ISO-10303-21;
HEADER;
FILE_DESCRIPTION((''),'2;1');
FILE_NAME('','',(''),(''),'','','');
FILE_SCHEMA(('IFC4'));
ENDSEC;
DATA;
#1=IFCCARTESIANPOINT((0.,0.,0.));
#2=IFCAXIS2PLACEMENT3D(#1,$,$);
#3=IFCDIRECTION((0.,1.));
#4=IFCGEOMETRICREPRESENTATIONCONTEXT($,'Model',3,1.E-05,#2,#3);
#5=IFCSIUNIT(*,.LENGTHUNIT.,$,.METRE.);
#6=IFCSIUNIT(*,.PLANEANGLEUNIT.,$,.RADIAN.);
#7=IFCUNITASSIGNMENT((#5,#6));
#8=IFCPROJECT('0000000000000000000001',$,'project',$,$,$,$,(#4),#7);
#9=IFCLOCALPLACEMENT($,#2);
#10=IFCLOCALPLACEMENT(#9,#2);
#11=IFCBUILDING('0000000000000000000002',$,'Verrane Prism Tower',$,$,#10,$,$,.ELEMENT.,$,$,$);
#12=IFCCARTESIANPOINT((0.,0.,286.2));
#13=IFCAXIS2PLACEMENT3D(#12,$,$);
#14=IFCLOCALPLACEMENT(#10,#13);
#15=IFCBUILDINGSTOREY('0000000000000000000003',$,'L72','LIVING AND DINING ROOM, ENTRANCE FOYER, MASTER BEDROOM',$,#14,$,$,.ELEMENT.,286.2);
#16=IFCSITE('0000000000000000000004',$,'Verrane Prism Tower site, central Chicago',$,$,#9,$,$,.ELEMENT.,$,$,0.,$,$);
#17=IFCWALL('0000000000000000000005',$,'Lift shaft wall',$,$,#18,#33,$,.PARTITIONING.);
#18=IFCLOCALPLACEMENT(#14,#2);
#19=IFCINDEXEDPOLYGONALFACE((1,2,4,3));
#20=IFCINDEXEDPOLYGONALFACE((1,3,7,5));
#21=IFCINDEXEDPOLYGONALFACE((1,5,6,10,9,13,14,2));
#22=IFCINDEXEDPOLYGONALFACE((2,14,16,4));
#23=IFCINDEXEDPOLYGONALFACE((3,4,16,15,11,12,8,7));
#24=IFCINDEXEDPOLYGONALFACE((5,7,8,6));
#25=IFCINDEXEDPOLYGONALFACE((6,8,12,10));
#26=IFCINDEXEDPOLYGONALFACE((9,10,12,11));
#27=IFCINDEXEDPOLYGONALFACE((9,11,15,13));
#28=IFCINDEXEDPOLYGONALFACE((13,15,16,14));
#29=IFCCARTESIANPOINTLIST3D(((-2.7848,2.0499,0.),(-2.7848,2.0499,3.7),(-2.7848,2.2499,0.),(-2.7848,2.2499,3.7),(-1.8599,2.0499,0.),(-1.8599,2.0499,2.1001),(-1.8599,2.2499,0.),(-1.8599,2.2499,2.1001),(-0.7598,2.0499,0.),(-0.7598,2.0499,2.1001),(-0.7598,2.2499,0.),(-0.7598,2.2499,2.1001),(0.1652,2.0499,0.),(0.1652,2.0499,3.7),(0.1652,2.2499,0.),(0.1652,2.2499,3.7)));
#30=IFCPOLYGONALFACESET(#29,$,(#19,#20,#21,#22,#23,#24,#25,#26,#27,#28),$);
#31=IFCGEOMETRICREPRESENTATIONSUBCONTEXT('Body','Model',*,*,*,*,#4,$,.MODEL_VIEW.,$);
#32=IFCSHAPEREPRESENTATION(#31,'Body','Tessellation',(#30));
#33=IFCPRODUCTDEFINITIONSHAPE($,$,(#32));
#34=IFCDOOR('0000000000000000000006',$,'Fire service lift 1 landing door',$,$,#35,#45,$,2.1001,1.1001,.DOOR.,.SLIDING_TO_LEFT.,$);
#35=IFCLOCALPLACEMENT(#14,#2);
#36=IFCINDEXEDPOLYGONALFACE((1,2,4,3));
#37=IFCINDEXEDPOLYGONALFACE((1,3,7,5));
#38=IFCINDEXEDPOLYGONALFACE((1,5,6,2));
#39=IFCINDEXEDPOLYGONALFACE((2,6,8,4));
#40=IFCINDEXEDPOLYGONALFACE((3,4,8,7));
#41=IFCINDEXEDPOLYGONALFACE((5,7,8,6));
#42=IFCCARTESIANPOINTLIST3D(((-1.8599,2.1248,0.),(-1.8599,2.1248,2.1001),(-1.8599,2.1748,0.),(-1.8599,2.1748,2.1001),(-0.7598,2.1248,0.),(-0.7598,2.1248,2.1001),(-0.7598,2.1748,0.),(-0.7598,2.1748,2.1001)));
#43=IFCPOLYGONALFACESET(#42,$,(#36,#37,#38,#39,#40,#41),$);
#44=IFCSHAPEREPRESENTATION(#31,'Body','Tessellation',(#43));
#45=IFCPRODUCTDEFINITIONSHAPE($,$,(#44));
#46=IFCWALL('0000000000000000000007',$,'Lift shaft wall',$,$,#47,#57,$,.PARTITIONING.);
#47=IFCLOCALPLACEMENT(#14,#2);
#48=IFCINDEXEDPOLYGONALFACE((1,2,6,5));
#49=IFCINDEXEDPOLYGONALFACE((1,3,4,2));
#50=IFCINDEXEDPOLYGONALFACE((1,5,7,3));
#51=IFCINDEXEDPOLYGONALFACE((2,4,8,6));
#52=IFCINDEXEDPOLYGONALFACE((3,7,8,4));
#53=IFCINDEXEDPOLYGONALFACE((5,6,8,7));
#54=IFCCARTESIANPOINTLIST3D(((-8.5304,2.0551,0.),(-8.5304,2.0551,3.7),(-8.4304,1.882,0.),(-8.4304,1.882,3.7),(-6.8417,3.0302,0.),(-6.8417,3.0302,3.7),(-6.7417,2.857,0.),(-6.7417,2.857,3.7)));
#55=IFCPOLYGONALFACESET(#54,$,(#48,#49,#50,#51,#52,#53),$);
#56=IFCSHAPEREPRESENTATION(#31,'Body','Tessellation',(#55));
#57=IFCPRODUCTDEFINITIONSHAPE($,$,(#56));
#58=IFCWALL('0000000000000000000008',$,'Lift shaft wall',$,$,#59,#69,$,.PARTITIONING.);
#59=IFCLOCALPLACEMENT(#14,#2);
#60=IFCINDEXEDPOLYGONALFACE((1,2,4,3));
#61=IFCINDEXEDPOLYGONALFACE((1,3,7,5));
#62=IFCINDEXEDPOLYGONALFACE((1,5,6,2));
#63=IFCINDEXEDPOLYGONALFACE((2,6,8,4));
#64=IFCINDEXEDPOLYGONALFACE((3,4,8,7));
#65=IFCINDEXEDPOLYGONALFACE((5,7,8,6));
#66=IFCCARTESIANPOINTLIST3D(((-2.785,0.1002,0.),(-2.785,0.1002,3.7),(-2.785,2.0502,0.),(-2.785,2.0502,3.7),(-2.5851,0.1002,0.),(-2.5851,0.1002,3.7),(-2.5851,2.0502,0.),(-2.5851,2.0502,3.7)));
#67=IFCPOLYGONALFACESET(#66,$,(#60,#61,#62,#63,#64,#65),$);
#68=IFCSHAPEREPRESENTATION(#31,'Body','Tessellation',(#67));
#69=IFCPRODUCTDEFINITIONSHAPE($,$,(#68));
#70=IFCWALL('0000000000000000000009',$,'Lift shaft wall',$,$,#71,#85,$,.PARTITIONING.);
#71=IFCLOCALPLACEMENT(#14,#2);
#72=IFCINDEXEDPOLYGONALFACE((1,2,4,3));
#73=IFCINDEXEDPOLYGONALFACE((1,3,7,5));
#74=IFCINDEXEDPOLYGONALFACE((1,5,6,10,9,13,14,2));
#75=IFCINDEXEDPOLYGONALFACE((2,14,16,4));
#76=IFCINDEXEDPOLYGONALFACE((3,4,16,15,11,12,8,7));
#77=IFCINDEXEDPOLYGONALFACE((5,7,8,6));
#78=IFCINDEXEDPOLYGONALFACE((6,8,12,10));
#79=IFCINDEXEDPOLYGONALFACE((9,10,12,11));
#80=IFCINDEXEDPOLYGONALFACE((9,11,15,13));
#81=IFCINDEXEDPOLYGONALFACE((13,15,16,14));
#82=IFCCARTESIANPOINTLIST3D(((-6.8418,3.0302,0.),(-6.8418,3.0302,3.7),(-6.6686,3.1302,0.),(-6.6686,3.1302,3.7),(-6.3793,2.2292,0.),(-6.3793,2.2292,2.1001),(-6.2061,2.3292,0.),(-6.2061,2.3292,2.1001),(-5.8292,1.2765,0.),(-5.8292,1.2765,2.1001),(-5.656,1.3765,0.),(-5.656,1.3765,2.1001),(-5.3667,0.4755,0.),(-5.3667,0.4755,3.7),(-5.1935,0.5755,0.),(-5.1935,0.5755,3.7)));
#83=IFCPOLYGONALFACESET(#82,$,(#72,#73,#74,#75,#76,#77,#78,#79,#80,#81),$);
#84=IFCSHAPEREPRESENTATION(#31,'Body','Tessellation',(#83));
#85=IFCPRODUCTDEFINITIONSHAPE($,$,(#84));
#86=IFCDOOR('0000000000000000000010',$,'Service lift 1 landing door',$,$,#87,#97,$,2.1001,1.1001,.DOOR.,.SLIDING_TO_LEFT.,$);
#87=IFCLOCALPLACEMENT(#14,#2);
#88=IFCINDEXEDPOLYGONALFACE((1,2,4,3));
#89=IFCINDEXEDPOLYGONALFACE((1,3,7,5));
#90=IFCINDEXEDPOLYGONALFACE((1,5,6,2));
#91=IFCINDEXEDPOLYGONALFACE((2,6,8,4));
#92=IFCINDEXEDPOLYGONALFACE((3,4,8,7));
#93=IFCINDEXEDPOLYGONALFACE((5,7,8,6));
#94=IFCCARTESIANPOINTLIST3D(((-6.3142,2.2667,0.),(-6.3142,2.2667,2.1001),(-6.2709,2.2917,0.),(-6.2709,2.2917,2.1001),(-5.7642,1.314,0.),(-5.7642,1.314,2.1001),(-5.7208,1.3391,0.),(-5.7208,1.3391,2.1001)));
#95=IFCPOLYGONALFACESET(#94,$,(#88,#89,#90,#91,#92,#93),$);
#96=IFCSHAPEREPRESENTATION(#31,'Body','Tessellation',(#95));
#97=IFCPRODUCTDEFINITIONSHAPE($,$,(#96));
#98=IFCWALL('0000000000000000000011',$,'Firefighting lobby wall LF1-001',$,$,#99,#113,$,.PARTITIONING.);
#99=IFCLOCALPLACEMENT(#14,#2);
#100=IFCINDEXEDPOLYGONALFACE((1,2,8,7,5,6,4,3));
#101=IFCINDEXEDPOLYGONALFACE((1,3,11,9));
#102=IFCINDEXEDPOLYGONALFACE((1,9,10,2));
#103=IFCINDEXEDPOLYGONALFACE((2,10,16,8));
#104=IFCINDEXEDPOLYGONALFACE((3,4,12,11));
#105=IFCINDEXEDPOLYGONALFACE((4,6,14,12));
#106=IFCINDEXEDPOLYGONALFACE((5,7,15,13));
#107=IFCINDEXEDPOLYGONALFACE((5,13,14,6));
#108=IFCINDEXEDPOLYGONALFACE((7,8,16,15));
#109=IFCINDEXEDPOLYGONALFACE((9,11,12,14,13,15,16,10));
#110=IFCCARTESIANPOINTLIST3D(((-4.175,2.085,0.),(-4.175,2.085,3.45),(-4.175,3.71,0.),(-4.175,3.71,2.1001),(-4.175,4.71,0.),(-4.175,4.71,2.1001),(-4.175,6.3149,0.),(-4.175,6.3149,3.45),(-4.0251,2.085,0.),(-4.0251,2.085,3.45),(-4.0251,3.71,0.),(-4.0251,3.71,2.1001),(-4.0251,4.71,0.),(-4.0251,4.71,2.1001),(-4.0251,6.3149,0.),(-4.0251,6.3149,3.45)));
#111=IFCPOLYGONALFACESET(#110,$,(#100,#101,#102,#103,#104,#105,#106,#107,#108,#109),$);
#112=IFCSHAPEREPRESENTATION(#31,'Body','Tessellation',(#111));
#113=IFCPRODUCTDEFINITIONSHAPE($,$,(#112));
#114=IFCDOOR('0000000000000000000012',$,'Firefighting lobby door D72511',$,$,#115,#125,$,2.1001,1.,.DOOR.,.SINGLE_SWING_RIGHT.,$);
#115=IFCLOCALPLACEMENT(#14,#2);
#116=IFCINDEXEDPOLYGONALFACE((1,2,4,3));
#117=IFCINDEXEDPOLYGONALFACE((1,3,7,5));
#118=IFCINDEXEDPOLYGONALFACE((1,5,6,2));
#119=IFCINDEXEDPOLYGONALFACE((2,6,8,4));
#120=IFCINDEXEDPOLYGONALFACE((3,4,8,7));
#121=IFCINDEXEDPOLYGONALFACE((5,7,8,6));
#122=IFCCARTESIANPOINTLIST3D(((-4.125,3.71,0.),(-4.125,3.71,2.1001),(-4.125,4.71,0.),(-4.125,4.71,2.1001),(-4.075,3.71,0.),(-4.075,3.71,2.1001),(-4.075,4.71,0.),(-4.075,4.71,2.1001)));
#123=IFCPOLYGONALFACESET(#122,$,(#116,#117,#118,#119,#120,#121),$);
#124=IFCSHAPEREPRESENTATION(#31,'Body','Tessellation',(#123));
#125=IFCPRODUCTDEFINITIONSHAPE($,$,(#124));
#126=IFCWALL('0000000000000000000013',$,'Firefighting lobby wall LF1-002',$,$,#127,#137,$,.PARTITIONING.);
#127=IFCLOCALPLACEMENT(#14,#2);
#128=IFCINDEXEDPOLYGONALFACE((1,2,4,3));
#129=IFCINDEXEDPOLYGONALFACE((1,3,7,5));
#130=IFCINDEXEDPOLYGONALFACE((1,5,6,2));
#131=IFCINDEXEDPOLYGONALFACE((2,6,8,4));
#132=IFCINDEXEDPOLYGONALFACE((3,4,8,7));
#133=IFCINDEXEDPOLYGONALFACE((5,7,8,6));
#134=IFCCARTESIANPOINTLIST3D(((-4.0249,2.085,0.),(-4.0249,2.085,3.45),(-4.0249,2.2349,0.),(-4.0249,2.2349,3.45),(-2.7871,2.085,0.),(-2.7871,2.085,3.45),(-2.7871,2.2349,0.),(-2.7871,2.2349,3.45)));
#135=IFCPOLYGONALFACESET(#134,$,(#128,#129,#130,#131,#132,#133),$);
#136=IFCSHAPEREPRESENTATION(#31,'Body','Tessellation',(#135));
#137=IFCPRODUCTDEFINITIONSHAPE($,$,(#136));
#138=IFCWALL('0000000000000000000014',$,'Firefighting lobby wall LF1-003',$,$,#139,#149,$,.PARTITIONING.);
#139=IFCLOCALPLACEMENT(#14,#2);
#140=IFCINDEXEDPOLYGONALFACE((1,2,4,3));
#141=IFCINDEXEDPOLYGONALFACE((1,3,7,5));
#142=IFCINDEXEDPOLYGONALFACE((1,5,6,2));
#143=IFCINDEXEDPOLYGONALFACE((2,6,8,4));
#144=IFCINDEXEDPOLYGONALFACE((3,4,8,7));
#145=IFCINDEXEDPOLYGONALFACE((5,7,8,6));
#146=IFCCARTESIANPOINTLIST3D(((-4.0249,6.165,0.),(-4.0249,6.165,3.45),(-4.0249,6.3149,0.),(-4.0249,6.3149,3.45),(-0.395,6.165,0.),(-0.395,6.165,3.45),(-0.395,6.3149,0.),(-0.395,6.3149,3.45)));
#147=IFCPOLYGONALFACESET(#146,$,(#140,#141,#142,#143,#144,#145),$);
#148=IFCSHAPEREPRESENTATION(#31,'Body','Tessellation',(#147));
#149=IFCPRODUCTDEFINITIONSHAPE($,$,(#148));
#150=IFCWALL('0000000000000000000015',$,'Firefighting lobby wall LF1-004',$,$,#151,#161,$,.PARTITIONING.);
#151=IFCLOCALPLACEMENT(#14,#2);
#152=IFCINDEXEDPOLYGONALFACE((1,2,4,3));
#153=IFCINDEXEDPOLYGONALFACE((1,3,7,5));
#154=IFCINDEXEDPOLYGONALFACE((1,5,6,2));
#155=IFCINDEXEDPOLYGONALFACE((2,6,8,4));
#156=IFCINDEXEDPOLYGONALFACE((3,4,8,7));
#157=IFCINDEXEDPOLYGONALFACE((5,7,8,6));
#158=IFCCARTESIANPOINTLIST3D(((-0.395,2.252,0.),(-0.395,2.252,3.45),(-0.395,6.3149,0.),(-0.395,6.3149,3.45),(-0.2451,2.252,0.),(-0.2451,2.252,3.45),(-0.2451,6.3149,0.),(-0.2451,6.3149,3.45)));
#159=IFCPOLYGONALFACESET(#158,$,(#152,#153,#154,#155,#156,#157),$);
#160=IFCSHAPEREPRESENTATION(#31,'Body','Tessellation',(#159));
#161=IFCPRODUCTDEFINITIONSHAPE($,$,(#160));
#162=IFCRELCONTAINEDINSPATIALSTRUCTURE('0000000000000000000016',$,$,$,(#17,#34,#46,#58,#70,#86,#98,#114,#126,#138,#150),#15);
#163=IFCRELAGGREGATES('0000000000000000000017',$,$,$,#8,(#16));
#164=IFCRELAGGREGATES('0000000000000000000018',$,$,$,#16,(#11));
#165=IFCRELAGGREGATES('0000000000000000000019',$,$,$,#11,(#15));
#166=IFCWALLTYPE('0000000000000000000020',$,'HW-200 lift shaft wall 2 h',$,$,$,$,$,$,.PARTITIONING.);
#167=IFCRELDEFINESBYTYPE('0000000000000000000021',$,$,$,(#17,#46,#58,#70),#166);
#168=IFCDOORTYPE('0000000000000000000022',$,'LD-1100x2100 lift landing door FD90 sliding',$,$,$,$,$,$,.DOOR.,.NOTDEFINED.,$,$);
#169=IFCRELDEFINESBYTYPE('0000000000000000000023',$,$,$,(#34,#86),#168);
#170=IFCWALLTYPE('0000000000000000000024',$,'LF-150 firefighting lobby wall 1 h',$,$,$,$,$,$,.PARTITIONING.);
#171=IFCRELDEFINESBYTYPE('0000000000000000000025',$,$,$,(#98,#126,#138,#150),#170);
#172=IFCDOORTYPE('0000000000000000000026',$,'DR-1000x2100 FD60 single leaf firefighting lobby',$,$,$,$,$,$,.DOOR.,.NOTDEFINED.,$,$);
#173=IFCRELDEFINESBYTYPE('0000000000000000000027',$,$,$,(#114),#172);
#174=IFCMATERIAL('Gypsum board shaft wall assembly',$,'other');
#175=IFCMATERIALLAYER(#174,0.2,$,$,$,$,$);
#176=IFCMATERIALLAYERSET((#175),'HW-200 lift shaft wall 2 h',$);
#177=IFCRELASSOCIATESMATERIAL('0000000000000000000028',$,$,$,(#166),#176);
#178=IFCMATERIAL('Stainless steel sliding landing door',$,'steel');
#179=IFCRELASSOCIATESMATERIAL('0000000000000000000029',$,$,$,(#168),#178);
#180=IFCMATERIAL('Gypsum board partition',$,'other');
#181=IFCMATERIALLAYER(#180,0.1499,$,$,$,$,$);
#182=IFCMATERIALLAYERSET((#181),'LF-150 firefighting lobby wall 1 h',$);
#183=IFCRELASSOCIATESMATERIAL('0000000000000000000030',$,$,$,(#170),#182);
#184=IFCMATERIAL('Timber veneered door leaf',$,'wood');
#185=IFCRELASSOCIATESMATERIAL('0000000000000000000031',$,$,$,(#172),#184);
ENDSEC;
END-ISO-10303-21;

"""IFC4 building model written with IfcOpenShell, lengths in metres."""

from ifc_helpers import new_model, si_unit, direction, frame, frame_2d, origin, place, context, subcontext, project, spatial, rectangle, extrude, material, layer, layer_set, type_object, element, fill, save


model = new_model("IFC4")

# Units and contexts
model_context = context("Model", 3, precision=1e-05, world=origin(), true_north=direction((0.0, 1.0)))
body_context = subcontext(model_context, "Body", "Model", "MODEL_VIEW")
ifc_project = project(units=[si_unit("LENGTHUNIT", "METRE"), si_unit("PLANEANGLEUNIT", "RADIAN")], contexts=[model_context])

# Site, building, storey
site_placement = place(None, origin())
site = spatial("IfcSite", under=ifc_project, at=site_placement, Name="Verrane Prism Tower site, central Chicago", CompositionType="ELEMENT", RefElevation=0.0)
building_placement = place(site_placement, origin())
building = spatial("IfcBuilding", under=site, at=building_placement, Name="Verrane Prism Tower", CompositionType="ELEMENT")
storey_placement = place(building_placement, frame((0.0, 0.0, 286.2)))
storey = spatial("IfcBuildingStorey", under=building, at=storey_placement, Name="L72", Description="LIVING AND DINING ROOM, ENTRANCE FOYER, MASTER BEDROOM", CompositionType="ELEMENT", Elevation=286.2)

# Wall, opening, door
ifc_material_1 = material(Name="Gypsum board shaft wall assembly", Category="other")
ifc_layer_1 = layer(ifc_material_1, 0.2)
ifc_layer_set_1 = layer_set([ifc_layer_1], Name="HW-200 lift shaft wall 2 h")
wall_type_1 = type_object("IfcWallType", Name="HW-200 lift shaft wall 2 h", PredefinedType="PARTITIONING", material=ifc_layer_set_1)
wall_1_placement = place(storey_placement, frame((-2.7849, 2.1499, 0.0), z_axis=(0.0, 0.0, 1.0), x_axis=(1.0, 0.0, 0.0)))
wall_1 = element("IfcWall", 1, at=wall_1_placement, inside=storey, type_object=wall_type_1, Name="Lift shaft wall", PredefinedType="PARTITIONING", context=body_context, shape_type="SweptSolid", body=[
    extrude(rectangle(XDim=2.95, YDim=0.2, at=frame_2d((1.4751, 0.0))), origin(), (0.0, 0.0, 1.0), 3.7),
])
opening_1_placement = place(wall_1_placement, frame((0.925, 0.0, 0.0)))
opening_1 = element("IfcOpeningElement", 2, at=opening_1_placement, cuts=wall_1, PredefinedType="OPENING", context=body_context, shape_type="SweptSolid", body=[
    extrude(rectangle(XDim=1.1001, YDim=2.1001, at=frame_2d((0.55, 1.05))), frame((0.0, 0.1099, 0.0), z_axis=(0.0, -1.0, 0.0), x_axis=(1.0, 0.0, 0.0)), (0.0, 0.0, 1.0), 0.22),
])
ifc_material_2 = material(Name="Stainless steel sliding landing door", Category="steel")
door_type_1 = type_object("IfcDoorType", Name="LD-1100x2100 lift landing door FD90 sliding", OperationType="NOTDEFINED", PredefinedType="DOOR", material=ifc_material_2)
door_1_placement = place(opening_1_placement, origin())
door_1 = element("IfcDoor", 3, at=door_1_placement, inside=storey, type_object=door_type_1, Name="Fire service lift 1 landing door", OperationType="SLIDING_TO_LEFT", OverallHeight=2.1001, OverallWidth=1.1001, PredefinedType="DOOR", context=body_context, shape_type="SweptSolid", body=[
    extrude(rectangle(XDim=1.1001, YDim=2.1001, at=frame_2d((0.55, 1.05))), frame((0.0, 0.0249, 0.0), z_axis=(0.0, -1.0, 0.0), x_axis=(1.0, 0.0, 0.0)), (0.0, 0.0, 1.0), 0.05),
])
fill(opening_1, door_1)

# Walls
for number, where, z_axis, x_axis, name in (
    (4, (-8.4805, 1.9685, 0.0), (0.0, 0.0, 1.0), (0.866, 0.500044, 0.0), "Lift shaft wall"),
    (5, (-2.6851, 0.1001, 0.0), (0.0, 0.0, 1.0), (0.0, 1.0, 0.0), "Lift shaft wall"),
):
    element("IfcWall", number, at=place(storey_placement, frame(where, z_axis=z_axis, x_axis=x_axis)), inside=storey, type_object=wall_type_1, Name=name, PredefinedType="PARTITIONING", context=body_context, shape_type="SweptSolid", body=[
        extrude(rectangle(XDim=1.95, YDim=0.2, at=frame_2d((0.9751, 0.0))), origin(), (0.0, 0.0, 1.0), 3.7),
    ])

# Walls, openings, doors
wall_2_placement = place(storey_placement, frame((-5.28, 0.5254, 0.0), z_axis=(0.0, 0.0, 1.0), x_axis=(-0.500038, 0.866004, 0.0)))
wall_2 = element("IfcWall", 6, at=wall_2_placement, inside=storey, type_object=wall_type_1, Name="Lift shaft wall", PredefinedType="PARTITIONING", context=body_context, shape_type="SweptSolid", body=[
    extrude(rectangle(XDim=2.95, YDim=0.2, at=frame_2d((1.4751, 0.0))), origin(), (0.0, 0.0, 1.0), 3.7),
])
opening_2_placement = place(wall_2_placement, frame((0.925, 0.0, 0.0)))
opening_2 = element("IfcOpeningElement", 7, at=opening_2_placement, cuts=wall_2, PredefinedType="OPENING", context=body_context, shape_type="SweptSolid", body=[
    extrude(rectangle(XDim=1.1001, YDim=2.1001, at=frame_2d((0.55, 1.05))), frame((0.0, 0.1099, 0.0), z_axis=(0.0, -1.0, 0.0), x_axis=(1.0, 0.0, 0.0)), (0.0, 0.0, 1.0), 0.22),
])
door_2_placement = place(opening_2_placement, origin())
door_2 = element("IfcDoor", 8, at=door_2_placement, inside=storey, type_object=door_type_1, Name="Service lift 1 landing door", OperationType="SLIDING_TO_LEFT", OverallHeight=2.1001, OverallWidth=1.1001, PredefinedType="DOOR", context=body_context, shape_type="SweptSolid", body=[
    extrude(rectangle(XDim=1.1001, YDim=2.1001, at=frame_2d((0.55, 1.05))), frame((0.0, 0.0249, 0.0), z_axis=(0.0, -1.0, 0.0), x_axis=(1.0, 0.0, 0.0)), (0.0, 0.0, 1.0), 0.05),
])
fill(opening_2, door_2)
ifc_material_3 = material(Name="Gypsum board partition", Category="other")
ifc_layer_2 = layer(ifc_material_3, 0.1499)
ifc_layer_set_2 = layer_set([ifc_layer_2], Name="LF-150 firefighting lobby wall 1 h")
wall_type_2 = type_object("IfcWallType", Name="LF-150 firefighting lobby wall 1 h", PredefinedType="PARTITIONING", material=ifc_layer_set_2)
wall_3_placement = place(storey_placement, frame((-4.1001, 2.085, 0.0), z_axis=(0.0, 0.0, 1.0), x_axis=(0.0, 1.0, 0.0)))
wall_3 = element("IfcWall", 9, at=wall_3_placement, inside=storey, type_object=wall_type_2, Name="Firefighting lobby wall LF1-001", PredefinedType="PARTITIONING", context=body_context, shape_type="SweptSolid", body=[
    extrude(rectangle(XDim=4.23, YDim=0.1499, at=frame_2d((2.115, 0.0))), origin(), (0.0, 0.0, 1.0), 3.45),
])
opening_3_placement = place(wall_3_placement, frame((1.625, 0.0, 0.0)))
opening_3 = element("IfcOpeningElement", 10, at=opening_3_placement, cuts=wall_3, PredefinedType="OPENING", context=body_context, shape_type="SweptSolid", body=[
    extrude(rectangle(XDim=1.0, YDim=2.1001, at=frame_2d((0.5, 1.05))), frame((0.0, 0.085, 0.0), z_axis=(0.0, -1.0, 0.0), x_axis=(1.0, 0.0, 0.0)), (0.0, 0.0, 1.0), 0.1699),
])
ifc_material_4 = material(Name="Timber veneered door leaf", Category="wood")
door_type_2 = type_object("IfcDoorType", Name="DR-1000x2100 FD60 single leaf firefighting lobby", OperationType="NOTDEFINED", PredefinedType="DOOR", material=ifc_material_4)
door_3_placement = place(opening_3_placement, origin())
door_3 = element("IfcDoor", 11, at=door_3_placement, inside=storey, type_object=door_type_2, Name="Firefighting lobby door D72511", OperationType="SINGLE_SWING_RIGHT", OverallHeight=2.1001, OverallWidth=1.0, PredefinedType="DOOR", context=body_context, shape_type="SweptSolid", body=[
    extrude(rectangle(XDim=1.0, YDim=2.1001, at=frame_2d((0.5, 1.05))), frame((0.0, 0.0249, 0.0), z_axis=(0.0, -1.0, 0.0), x_axis=(1.0, 0.0, 0.0)), (0.0, 0.0, 1.0), 0.05),
])
fill(opening_3, door_3)

# Walls
wall_4_placement = place(storey_placement, frame((-4.0249, 2.1599, 0.0), z_axis=(0.0, 0.0, 1.0), x_axis=(1.0, 0.0, 0.0)))
element("IfcWall", 12, at=wall_4_placement, inside=storey, type_object=wall_type_2, Name="Firefighting lobby wall LF1-002", PredefinedType="PARTITIONING", context=body_context, shape_type="SweptSolid", body=[
    extrude(rectangle(XDim=1.2378, YDim=0.1499, at=frame_2d((0.6189, 0.0))), origin(), (0.0, 0.0, 1.0), 3.45),
])
wall_5_placement = place(storey_placement, frame((-4.0249, 6.24, 0.0), z_axis=(0.0, 0.0, 1.0), x_axis=(1.0, 0.0, 0.0)))
element("IfcWall", 13, at=wall_5_placement, inside=storey, type_object=wall_type_2, Name="Firefighting lobby wall LF1-003", PredefinedType="PARTITIONING", context=body_context, shape_type="SweptSolid", body=[
    extrude(rectangle(XDim=3.6299, YDim=0.1499, at=frame_2d((1.8149, 0.0))), origin(), (0.0, 0.0, 1.0), 3.45),
])
wall_6_placement = place(storey_placement, frame((-0.3201, 2.252, 0.0), z_axis=(0.0, 0.0, 1.0), x_axis=(0.0, 1.0, 0.0)))
element("IfcWall", 14, at=wall_6_placement, inside=storey, type_object=wall_type_2, Name="Firefighting lobby wall LF1-004", PredefinedType="PARTITIONING", context=body_context, shape_type="SweptSolid", body=[
    extrude(rectangle(XDim=4.063, YDim=0.1499, at=frame_2d((2.0315, 0.0))), origin(), (0.0, 0.0, 1.0), 3.45),
])

save(model, "model.ifc")
